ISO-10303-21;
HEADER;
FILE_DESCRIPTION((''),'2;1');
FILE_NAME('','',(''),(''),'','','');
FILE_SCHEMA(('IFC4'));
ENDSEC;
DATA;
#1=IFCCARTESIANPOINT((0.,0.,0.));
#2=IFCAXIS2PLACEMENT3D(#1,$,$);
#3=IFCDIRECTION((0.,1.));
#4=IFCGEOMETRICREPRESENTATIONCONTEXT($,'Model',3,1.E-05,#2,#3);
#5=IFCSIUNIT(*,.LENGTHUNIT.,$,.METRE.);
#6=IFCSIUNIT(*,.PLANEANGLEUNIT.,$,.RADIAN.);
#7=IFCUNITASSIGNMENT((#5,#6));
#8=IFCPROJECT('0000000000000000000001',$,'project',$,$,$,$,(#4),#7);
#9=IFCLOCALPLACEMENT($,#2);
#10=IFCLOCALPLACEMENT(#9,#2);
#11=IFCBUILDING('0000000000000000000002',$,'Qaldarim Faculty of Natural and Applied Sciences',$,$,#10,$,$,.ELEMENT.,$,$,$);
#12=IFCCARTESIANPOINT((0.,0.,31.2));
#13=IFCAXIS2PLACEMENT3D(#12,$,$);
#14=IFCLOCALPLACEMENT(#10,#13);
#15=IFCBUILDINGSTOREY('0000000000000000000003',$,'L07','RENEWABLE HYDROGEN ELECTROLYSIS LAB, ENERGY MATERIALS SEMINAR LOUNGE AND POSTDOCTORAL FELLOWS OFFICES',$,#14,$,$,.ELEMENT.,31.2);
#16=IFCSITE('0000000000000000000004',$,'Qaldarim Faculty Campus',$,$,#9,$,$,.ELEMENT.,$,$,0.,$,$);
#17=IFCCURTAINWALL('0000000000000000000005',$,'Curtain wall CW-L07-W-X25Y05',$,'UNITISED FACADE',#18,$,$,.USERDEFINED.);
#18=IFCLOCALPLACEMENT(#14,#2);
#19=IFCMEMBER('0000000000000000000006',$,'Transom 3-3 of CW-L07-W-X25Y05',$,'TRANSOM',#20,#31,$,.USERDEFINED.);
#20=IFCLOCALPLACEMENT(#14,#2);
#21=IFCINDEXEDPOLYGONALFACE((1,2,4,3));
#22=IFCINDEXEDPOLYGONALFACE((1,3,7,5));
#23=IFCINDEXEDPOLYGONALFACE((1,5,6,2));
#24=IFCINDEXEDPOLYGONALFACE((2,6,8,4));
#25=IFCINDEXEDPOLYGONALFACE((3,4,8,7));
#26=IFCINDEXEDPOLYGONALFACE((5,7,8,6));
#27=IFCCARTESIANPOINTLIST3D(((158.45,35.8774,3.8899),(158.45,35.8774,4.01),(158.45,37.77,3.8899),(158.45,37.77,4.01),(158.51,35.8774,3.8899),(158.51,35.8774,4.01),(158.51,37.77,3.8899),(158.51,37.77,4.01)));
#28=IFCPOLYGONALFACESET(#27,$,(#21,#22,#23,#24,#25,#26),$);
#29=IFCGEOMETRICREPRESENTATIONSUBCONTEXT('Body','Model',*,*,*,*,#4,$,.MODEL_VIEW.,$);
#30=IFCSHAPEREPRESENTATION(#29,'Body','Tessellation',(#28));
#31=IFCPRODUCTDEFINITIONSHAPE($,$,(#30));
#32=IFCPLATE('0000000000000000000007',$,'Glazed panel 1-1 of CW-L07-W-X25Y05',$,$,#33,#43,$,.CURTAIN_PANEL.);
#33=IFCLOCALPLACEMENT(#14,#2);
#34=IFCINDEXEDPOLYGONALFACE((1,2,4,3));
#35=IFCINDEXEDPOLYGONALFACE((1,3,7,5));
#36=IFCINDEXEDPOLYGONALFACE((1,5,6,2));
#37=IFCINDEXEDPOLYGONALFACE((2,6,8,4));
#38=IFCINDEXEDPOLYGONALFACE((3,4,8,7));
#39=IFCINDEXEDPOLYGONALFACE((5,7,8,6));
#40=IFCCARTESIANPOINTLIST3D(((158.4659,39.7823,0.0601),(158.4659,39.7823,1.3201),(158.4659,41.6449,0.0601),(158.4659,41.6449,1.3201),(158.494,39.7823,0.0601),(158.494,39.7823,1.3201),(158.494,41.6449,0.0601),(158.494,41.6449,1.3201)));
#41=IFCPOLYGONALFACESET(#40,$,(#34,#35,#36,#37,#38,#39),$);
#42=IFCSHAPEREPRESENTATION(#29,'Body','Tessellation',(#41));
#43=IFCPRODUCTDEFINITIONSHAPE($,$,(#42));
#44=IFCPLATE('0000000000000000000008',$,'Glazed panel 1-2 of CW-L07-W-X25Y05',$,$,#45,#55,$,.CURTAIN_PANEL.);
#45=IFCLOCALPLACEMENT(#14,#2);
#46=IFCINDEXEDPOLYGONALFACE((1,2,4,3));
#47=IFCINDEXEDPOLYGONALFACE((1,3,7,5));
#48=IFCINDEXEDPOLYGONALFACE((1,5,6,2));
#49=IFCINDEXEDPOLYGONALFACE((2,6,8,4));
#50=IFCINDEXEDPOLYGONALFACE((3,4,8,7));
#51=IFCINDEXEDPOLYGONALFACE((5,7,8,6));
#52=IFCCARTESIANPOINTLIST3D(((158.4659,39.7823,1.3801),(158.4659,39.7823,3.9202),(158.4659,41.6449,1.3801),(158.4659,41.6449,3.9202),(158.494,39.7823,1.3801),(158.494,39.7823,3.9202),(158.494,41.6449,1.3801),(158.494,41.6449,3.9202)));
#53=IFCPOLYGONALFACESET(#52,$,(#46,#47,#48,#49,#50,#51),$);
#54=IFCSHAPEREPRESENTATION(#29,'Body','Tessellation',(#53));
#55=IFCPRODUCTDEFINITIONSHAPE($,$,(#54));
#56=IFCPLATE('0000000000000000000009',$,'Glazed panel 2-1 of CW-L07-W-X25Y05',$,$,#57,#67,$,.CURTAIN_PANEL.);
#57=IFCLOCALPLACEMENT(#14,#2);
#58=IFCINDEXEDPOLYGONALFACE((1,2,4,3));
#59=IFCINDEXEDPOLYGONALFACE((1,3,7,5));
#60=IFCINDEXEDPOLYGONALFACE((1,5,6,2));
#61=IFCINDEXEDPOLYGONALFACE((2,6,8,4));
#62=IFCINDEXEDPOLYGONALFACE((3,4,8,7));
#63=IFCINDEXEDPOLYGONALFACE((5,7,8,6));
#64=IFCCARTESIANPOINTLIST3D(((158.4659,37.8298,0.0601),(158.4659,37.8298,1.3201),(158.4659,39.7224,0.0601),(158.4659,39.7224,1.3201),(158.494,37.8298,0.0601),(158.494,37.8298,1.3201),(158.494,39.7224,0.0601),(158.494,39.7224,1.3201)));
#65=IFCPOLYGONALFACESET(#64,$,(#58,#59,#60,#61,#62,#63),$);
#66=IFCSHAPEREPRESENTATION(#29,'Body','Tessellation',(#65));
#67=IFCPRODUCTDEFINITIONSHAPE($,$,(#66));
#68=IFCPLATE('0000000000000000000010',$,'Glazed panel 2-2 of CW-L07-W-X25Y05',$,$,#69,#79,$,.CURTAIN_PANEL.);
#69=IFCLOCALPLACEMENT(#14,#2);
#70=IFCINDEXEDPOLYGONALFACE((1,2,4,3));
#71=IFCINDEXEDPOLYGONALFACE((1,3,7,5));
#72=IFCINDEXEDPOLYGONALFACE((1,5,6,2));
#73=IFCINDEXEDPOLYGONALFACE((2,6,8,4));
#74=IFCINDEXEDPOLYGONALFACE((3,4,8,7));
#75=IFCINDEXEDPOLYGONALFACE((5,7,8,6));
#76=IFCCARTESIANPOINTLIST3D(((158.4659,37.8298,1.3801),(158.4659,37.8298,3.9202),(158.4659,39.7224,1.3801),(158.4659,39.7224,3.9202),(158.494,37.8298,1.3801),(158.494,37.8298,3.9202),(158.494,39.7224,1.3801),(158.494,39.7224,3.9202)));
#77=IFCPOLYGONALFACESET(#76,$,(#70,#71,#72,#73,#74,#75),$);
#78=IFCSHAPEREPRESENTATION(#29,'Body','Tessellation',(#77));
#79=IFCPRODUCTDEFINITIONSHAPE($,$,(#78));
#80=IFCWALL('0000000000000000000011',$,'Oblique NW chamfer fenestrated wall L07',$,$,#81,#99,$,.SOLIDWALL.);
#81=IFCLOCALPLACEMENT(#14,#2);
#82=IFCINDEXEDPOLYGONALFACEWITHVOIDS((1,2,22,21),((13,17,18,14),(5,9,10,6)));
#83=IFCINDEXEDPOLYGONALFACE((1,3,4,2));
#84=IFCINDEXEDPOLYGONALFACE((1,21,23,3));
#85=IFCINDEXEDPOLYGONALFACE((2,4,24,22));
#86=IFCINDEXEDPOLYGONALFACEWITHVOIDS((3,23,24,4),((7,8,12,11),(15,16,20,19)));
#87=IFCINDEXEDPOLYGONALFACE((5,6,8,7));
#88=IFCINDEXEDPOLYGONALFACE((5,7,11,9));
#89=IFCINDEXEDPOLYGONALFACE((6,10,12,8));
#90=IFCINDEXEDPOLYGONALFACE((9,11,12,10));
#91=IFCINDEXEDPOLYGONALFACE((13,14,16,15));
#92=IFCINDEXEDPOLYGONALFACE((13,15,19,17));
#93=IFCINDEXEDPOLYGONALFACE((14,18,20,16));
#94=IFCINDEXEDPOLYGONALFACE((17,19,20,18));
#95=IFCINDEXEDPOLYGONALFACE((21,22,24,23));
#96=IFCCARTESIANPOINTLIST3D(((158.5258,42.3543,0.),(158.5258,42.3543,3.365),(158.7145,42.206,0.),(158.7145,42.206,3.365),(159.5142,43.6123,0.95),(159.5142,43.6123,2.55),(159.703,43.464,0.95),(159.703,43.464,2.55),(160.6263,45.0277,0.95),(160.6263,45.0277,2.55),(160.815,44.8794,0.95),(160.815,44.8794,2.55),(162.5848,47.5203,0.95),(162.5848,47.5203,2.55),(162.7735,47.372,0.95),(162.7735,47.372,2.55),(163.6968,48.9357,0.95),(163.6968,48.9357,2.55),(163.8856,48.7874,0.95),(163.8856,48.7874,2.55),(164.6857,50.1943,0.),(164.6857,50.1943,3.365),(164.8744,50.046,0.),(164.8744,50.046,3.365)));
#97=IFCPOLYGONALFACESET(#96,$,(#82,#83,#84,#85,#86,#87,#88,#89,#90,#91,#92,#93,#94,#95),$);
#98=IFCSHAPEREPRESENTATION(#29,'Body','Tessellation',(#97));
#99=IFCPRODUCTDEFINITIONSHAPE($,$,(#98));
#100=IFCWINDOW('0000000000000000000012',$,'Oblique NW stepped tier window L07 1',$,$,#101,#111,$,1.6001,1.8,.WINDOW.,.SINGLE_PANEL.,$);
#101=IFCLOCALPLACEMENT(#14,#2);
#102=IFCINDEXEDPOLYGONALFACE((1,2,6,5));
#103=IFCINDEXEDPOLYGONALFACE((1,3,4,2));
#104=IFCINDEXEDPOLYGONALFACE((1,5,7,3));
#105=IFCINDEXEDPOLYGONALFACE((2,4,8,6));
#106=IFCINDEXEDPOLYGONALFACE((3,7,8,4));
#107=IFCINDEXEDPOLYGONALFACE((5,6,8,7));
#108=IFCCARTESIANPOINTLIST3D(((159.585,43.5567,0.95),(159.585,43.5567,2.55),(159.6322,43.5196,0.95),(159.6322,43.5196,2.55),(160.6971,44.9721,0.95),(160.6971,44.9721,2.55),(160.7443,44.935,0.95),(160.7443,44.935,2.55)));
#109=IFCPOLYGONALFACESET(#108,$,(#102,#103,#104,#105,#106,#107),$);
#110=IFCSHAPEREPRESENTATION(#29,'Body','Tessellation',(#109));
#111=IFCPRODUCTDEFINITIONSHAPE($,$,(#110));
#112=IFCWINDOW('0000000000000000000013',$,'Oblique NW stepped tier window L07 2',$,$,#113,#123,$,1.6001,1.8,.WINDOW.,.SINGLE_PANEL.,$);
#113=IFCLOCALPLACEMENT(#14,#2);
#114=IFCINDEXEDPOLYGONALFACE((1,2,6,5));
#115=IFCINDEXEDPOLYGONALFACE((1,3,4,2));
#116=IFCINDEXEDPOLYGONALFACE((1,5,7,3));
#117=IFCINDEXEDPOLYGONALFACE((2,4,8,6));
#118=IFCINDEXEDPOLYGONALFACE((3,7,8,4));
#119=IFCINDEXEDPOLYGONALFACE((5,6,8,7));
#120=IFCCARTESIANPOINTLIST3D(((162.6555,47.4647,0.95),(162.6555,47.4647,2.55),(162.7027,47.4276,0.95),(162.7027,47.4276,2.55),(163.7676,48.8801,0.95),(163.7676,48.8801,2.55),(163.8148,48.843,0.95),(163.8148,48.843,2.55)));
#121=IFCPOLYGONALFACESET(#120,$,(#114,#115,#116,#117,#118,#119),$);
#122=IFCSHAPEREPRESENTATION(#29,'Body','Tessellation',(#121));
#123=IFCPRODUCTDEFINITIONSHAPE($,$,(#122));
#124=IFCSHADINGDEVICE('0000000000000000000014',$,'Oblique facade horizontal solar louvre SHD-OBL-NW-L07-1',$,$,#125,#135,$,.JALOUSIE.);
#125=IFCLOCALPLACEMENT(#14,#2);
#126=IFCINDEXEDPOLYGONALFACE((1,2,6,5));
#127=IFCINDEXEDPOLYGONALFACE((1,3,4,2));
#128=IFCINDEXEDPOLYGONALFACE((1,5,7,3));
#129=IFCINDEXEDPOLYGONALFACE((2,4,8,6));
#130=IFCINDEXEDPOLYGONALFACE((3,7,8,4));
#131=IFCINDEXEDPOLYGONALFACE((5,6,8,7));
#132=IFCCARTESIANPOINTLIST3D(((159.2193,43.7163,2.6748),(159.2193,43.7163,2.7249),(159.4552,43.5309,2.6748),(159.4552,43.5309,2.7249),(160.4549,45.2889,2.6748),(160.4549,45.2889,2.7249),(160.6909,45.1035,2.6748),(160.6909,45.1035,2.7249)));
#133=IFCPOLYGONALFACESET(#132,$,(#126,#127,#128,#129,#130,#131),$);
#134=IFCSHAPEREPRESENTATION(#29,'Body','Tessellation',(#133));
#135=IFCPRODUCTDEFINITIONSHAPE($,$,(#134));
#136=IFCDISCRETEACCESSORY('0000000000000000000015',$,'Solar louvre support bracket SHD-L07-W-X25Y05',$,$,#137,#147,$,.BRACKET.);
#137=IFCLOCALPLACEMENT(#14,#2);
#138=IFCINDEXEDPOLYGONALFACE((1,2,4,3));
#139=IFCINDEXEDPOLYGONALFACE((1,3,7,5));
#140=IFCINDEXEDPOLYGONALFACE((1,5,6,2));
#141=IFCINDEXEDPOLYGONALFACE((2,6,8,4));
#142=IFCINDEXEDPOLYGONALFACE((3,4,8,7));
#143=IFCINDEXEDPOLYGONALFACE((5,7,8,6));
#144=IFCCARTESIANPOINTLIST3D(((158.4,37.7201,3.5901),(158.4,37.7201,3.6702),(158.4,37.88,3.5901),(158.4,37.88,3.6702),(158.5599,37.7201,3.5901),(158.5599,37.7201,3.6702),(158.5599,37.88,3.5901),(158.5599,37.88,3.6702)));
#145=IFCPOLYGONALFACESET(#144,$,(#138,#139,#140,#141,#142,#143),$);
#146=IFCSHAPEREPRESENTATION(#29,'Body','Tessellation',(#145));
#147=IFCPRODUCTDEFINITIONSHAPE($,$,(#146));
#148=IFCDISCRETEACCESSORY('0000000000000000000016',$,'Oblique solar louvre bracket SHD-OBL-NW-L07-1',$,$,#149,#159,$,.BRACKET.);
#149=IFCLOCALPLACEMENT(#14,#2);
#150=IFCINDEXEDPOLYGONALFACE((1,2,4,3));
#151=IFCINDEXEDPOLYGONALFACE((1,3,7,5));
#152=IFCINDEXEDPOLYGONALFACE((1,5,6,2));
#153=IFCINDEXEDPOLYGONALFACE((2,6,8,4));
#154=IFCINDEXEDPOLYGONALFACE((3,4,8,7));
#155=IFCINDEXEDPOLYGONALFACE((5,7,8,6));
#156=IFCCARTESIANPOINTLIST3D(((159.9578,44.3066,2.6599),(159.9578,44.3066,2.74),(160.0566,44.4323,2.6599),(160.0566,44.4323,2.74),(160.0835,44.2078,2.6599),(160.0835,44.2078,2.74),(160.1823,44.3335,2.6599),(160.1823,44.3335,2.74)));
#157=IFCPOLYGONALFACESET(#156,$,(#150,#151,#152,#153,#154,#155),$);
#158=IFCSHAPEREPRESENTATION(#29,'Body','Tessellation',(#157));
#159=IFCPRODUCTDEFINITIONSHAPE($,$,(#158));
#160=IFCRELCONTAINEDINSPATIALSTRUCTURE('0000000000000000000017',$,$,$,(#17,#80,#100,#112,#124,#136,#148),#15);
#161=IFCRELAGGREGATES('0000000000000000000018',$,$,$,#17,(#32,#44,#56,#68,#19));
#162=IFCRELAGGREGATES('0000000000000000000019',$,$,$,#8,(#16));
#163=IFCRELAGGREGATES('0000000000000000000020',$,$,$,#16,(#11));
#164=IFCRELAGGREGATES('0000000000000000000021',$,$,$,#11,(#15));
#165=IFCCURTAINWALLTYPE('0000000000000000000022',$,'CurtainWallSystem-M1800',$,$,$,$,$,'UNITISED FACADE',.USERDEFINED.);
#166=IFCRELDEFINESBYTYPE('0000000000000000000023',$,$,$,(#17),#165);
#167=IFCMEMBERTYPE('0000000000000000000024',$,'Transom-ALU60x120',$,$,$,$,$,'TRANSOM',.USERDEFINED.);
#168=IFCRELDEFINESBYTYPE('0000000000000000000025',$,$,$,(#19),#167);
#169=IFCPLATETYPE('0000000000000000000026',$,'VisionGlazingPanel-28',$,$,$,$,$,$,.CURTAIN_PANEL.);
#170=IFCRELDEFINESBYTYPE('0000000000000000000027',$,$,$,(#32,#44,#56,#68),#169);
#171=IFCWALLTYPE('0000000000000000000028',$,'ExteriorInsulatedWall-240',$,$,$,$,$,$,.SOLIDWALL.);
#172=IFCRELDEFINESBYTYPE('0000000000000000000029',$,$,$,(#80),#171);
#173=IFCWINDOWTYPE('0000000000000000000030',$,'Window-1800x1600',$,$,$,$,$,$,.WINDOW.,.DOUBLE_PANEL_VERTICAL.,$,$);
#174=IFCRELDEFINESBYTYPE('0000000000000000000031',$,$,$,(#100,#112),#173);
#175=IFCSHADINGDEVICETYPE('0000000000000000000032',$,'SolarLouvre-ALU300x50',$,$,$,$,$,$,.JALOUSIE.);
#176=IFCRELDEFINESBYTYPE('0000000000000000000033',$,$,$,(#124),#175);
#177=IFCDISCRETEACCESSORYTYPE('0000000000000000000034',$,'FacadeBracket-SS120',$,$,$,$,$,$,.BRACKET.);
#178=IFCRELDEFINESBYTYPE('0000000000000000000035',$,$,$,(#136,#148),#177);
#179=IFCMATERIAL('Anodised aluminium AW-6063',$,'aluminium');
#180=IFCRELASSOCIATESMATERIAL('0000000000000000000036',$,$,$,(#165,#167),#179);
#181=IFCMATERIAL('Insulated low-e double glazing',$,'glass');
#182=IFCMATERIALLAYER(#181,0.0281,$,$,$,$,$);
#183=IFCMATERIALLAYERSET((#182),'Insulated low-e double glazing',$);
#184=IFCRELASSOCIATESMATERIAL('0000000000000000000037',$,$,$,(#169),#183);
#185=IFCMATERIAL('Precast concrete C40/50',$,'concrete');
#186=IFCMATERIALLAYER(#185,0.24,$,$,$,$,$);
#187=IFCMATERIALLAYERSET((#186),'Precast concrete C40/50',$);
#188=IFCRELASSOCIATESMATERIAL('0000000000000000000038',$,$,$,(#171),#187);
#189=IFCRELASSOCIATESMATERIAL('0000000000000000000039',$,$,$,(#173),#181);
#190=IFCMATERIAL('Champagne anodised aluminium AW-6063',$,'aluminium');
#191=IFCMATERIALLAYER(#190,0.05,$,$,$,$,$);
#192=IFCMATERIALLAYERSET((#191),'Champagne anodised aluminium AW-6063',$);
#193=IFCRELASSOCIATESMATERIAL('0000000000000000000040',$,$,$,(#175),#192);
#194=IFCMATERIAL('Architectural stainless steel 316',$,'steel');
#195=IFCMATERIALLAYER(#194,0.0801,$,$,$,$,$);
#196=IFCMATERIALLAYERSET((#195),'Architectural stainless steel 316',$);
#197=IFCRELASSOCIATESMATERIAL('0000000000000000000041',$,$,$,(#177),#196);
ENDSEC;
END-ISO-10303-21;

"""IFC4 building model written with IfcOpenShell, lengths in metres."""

from ifc_helpers import new_model, si_unit, direction, frame, frame_2d, origin, origin_2d, place, context, subcontext, project, spatial, rectangle, extrude, material, layer, layer_set, material_profile, profile_set, type_object, element, fill, aggregate, save


model = new_model("IFC4")

# Units and contexts
model_context = context("Model", 3, precision=1e-05, world=origin(), true_north=direction((0.0, 1.0)))
body_context = subcontext(model_context, "Body", "Model", "MODEL_VIEW")
ifc_project = project(units=[si_unit("LENGTHUNIT", "METRE"), si_unit("PLANEANGLEUNIT", "RADIAN")], contexts=[model_context])

# Site, building, storey
site_placement = place(None, origin())
site = spatial("IfcSite", under=ifc_project, at=site_placement, Name="Qaldarim Faculty Campus", CompositionType="ELEMENT", RefElevation=0.0)
building_placement = place(site_placement, origin())
building = spatial("IfcBuilding", under=site, at=building_placement, Name="Qaldarim Faculty of Natural and Applied Sciences", CompositionType="ELEMENT")
storey_placement = place(building_placement, frame((0.0, 0.0, 31.2)))
storey = spatial("IfcBuildingStorey", under=building, at=storey_placement, Name="L07", Description="RENEWABLE HYDROGEN ELECTROLYSIS LAB, ENERGY MATERIALS SEMINAR LOUNGE AND POSTDOCTORAL FELLOWS OFFICES", CompositionType="ELEMENT", Elevation=31.2)

# Curtain wall
ifc_material_1 = material(Name="Anodised aluminium AW-6063", Category="aluminium")
curtain_wall_type = type_object("IfcCurtainWallType", Name="CurtainWallSystem-M1800", ElementType="UNITISED FACADE", PredefinedType="USERDEFINED", material=ifc_material_1)
curtain_wall_placement = place(storey_placement, origin())
curtain_wall = element("IfcCurtainWall", 1, at=curtain_wall_placement, inside=storey, type_object=curtain_wall_type, Name="Curtain wall CW-L07-W-X25Y05", ObjectType="UNITISED FACADE", PredefinedType="USERDEFINED")

# Shared definitions
ifc_material_2 = material(Name="Precast concrete C40/50", Category="concrete")

# Member
ifc_material_profile_1 = material_profile(ifc_material_1, rectangle(XDim=0.0601, YDim=0.1201, at=origin_2d()), Name="ALU-T60x120")
ifc_profile_set_1 = profile_set([ifc_material_profile_1], Name="Anodised aluminium AW-6063")
member_type_1 = type_object("IfcMemberType", Name="Transom-ALU60x120", ElementType="TRANSOM", PredefinedType="USERDEFINED", material=ifc_profile_set_1)
member_1_placement = place(storey_placement, frame((158.48, 37.77, 3.95), z_axis=(0.0, -1.0, 0.0), x_axis=(1.0, 0.0, 0.0)))
member_1 = element("IfcMember", 2, at=member_1_placement, type_object=member_type_1, Name="Transom 3-3 of CW-L07-W-X25Y05", ObjectType="TRANSOM", PredefinedType="USERDEFINED", context=body_context, shape_type="SweptSolid", body=[
    extrude(rectangle(XDim=0.0601, YDim=0.1201, at=origin_2d()), origin(), (0.0, 0.0, 1.0), 1.8926),
])

# Plates
ifc_material_3 = material(Name="Insulated low-e double glazing", Category="glass")
ifc_layer_1 = layer(ifc_material_3, 0.0281)
ifc_layer_set_1 = layer_set([ifc_layer_1], Name="Insulated low-e double glazing")
plate_type = type_object("IfcPlateType", Name="VisionGlazingPanel-28", PredefinedType="CURTAIN_PANEL", material=ifc_layer_set_1)
plate_1_placement = place(storey_placement, frame((158.48, 40.7136, 0.0601), z_axis=(0.0, 0.0, 1.0), x_axis=(0.0, -1.0, 0.0)))
plate_1 = element("IfcPlate", 3, at=plate_1_placement, type_object=plate_type, Name="Glazed panel 1-1 of CW-L07-W-X25Y05", PredefinedType="CURTAIN_PANEL", context=body_context, shape_type="SweptSolid", body=[
    extrude(rectangle(XDim=1.8625, YDim=0.0281, at=origin_2d()), origin(), (0.0, 0.0, 1.0), 1.26),
])
plate_2_placement = place(storey_placement, frame((158.48, 40.7136, 1.3801), z_axis=(0.0, 0.0, 1.0), x_axis=(0.0, -1.0, 0.0)))
plate_2 = element("IfcPlate", 4, at=plate_2_placement, type_object=plate_type, Name="Glazed panel 1-2 of CW-L07-W-X25Y05", PredefinedType="CURTAIN_PANEL", context=body_context, shape_type="SweptSolid", body=[
    extrude(rectangle(XDim=1.8625, YDim=0.0281, at=origin_2d()), origin(), (0.0, 0.0, 1.0), 2.54),
])
plate_3_placement = place(storey_placement, frame((158.48, 38.7761, 0.0601), z_axis=(0.0, 0.0, 1.0), x_axis=(0.0, -1.0, 0.0)))
plate_3 = element("IfcPlate", 5, at=plate_3_placement, type_object=plate_type, Name="Glazed panel 2-1 of CW-L07-W-X25Y05", PredefinedType="CURTAIN_PANEL", context=body_context, shape_type="SweptSolid", body=[
    extrude(rectangle(XDim=1.8926, YDim=0.0281, at=origin_2d()), origin(), (0.0, 0.0, 1.0), 1.26),
])
plate_4_placement = place(storey_placement, frame((158.48, 38.7761, 1.3801), z_axis=(0.0, 0.0, 1.0), x_axis=(0.0, -1.0, 0.0)))
plate_4 = element("IfcPlate", 6, at=plate_4_placement, type_object=plate_type, Name="Glazed panel 2-2 of CW-L07-W-X25Y05", PredefinedType="CURTAIN_PANEL", context=body_context, shape_type="SweptSolid", body=[
    extrude(rectangle(XDim=1.8926, YDim=0.0281, at=origin_2d()), origin(), (0.0, 0.0, 1.0), 2.54),
])
aggregate(curtain_wall, [plate_1, plate_2, plate_3, plate_4, member_1])

# Wall, openings, windows
ifc_layer_2 = layer(ifc_material_2, 0.24)
ifc_layer_set_2 = layer_set([ifc_layer_2], Name="Precast concrete C40/50")
wall_type = type_object("IfcWallType", Name="ExteriorInsulatedWall-240", PredefinedType="SOLIDWALL", material=ifc_layer_set_2)
wall_placement = place(storey_placement, frame((158.6201, 42.28, 0.0), z_axis=(0.0, 0.0, 1.0), x_axis=(0.617812, 0.786326, 0.0)))
wall = element("IfcWall", 7, at=wall_placement, inside=storey, type_object=wall_type, Name="Oblique NW chamfer fenestrated wall L07", PredefinedType="SOLIDWALL", context=body_context, shape_type="SweptSolid", body=[
    extrude(rectangle(XDim=9.9705, YDim=0.24, at=frame_2d((4.9854, 0.0))), origin(), (0.0, 0.0, 1.0), 3.365),
])
opening_1_placement = place(wall_placement, frame((1.6001, 0.0, 0.95)))
opening_1 = element("IfcOpeningElement", 8, at=opening_1_placement, cuts=wall, PredefinedType="OPENING", context=body_context, shape_type="SweptSolid", body=[
    extrude(rectangle(XDim=1.8, YDim=1.6001, at=frame_2d((0.8999, 0.8))), frame((0.0, 0.1299, 0.0), z_axis=(0.0, -1.0, 0.0), x_axis=(1.0, 0.0, 0.0)), (0.0, 0.0, 1.0), 0.26),
])
opening_2_placement = place(wall_placement, frame((6.5701, 0.0, 0.95)))
opening_2 = element("IfcOpeningElement", 9, at=opening_2_placement, cuts=wall, PredefinedType="OPENING", context=body_context, shape_type="SweptSolid", body=[
    extrude(rectangle(XDim=1.8, YDim=1.6001, at=frame_2d((0.8999, 0.8))), frame((0.0, 0.1299, 0.0), z_axis=(0.0, -1.0, 0.0), x_axis=(1.0, 0.0, 0.0)), (0.0, 0.0, 1.0), 0.26),
])
window_type = type_object("IfcWindowType", Name="Window-1800x1600", PartitioningType="DOUBLE_PANEL_VERTICAL", PredefinedType="WINDOW", material=ifc_material_3)
window_1_placement = place(opening_1_placement, origin())
window_1 = element("IfcWindow", 10, at=window_1_placement, inside=storey, type_object=window_type, Name="Oblique NW stepped tier window L07 1", OverallHeight=1.6001, OverallWidth=1.8, PartitioningType="SINGLE_PANEL", PredefinedType="WINDOW", context=body_context, shape_type="SweptSolid", body=[
    extrude(rectangle(XDim=1.8, YDim=1.6001, at=frame_2d((0.8999, 0.8))), frame((0.0, 0.03, 0.0), z_axis=(0.0, -1.0, 0.0), x_axis=(1.0, 0.0, 0.0)), (0.0, 0.0, 1.0), 0.0601),
])
fill(opening_1, window_1)
window_2_placement = place(opening_2_placement, origin())
window_2 = element("IfcWindow", 11, at=window_2_placement, inside=storey, type_object=window_type, Name="Oblique NW stepped tier window L07 2", OverallHeight=1.6001, OverallWidth=1.8, PartitioningType="SINGLE_PANEL", PredefinedType="WINDOW", context=body_context, shape_type="SweptSolid", body=[
    extrude(rectangle(XDim=1.8, YDim=1.6001, at=frame_2d((0.8999, 0.8))), frame((0.0, 0.03, 0.0), z_axis=(0.0, -1.0, 0.0), x_axis=(1.0, 0.0, 0.0)), (0.0, 0.0, 1.0), 0.0601),
])
fill(opening_2, window_2)

# Shading device
ifc_material_4 = material(Name="Champagne anodised aluminium AW-6063", Category="aluminium")
ifc_layer_3 = layer(ifc_material_4, 0.05)
ifc_layer_set_3 = layer_set([ifc_layer_3], Name="Champagne anodised aluminium AW-6063")
shading_device_type = type_object("IfcShadingDeviceType", Name="SolarLouvre-ALU300x50", PredefinedType="JALOUSIE", material=ifc_layer_set_3)
shading_device_placement = place(storey_placement, frame((159.9551, 44.4099, 2.6748), z_axis=(0.0, 0.0, 1.0), x_axis=(0.617818, 0.786321, 0.0)))
element("IfcShadingDevice", 12, at=shading_device_placement, inside=storey, type_object=shading_device_type, Name="Oblique facade horizontal solar louvre SHD-OBL-NW-L07-1", PredefinedType="JALOUSIE", context=body_context, shape_type="SweptSolid", body=[
    extrude(rectangle(XDim=2.0, YDim=0.3, at=origin_2d()), origin(), (0.0, 0.0, 1.0), 0.05),
])

# Discrete accessories
ifc_material_5 = material(Name="Architectural stainless steel 316", Category="steel")
ifc_layer_4 = layer(ifc_material_5, 0.0801)
ifc_layer_set_4 = layer_set([ifc_layer_4], Name="Architectural stainless steel 316")
discrete_accessory_type = type_object("IfcDiscreteAccessoryType", Name="FacadeBracket-SS120", PredefinedType="BRACKET", material=ifc_layer_set_4)
for number, where, z_axis, x_axis, name in (
    (13, (158.48, 37.8, 3.5901), (0.0, 0.0, 1.0), (0.0, 1.0, 0.0), "Solar louvre support bracket SHD-L07-W-X25Y05"),
    (14, (160.0701, 44.3201, 2.6599), (0.0, 0.0, 1.0), (0.617818, 0.786321, 0.0), "Oblique solar louvre bracket SHD-OBL-NW-L07-1"),
):
    element("IfcDiscreteAccessory", number, at=place(storey_placement, frame(where, z_axis=z_axis, x_axis=x_axis)), inside=storey, type_object=discrete_accessory_type, Name=name, PredefinedType="BRACKET", context=body_context, shape_type="SweptSolid", body=[
        extrude(rectangle(XDim=0.1599, YDim=0.1599, at=origin_2d()), origin(), (0.0, 0.0, 1.0), 0.0801),
    ])

save(model, "model.ifc")
